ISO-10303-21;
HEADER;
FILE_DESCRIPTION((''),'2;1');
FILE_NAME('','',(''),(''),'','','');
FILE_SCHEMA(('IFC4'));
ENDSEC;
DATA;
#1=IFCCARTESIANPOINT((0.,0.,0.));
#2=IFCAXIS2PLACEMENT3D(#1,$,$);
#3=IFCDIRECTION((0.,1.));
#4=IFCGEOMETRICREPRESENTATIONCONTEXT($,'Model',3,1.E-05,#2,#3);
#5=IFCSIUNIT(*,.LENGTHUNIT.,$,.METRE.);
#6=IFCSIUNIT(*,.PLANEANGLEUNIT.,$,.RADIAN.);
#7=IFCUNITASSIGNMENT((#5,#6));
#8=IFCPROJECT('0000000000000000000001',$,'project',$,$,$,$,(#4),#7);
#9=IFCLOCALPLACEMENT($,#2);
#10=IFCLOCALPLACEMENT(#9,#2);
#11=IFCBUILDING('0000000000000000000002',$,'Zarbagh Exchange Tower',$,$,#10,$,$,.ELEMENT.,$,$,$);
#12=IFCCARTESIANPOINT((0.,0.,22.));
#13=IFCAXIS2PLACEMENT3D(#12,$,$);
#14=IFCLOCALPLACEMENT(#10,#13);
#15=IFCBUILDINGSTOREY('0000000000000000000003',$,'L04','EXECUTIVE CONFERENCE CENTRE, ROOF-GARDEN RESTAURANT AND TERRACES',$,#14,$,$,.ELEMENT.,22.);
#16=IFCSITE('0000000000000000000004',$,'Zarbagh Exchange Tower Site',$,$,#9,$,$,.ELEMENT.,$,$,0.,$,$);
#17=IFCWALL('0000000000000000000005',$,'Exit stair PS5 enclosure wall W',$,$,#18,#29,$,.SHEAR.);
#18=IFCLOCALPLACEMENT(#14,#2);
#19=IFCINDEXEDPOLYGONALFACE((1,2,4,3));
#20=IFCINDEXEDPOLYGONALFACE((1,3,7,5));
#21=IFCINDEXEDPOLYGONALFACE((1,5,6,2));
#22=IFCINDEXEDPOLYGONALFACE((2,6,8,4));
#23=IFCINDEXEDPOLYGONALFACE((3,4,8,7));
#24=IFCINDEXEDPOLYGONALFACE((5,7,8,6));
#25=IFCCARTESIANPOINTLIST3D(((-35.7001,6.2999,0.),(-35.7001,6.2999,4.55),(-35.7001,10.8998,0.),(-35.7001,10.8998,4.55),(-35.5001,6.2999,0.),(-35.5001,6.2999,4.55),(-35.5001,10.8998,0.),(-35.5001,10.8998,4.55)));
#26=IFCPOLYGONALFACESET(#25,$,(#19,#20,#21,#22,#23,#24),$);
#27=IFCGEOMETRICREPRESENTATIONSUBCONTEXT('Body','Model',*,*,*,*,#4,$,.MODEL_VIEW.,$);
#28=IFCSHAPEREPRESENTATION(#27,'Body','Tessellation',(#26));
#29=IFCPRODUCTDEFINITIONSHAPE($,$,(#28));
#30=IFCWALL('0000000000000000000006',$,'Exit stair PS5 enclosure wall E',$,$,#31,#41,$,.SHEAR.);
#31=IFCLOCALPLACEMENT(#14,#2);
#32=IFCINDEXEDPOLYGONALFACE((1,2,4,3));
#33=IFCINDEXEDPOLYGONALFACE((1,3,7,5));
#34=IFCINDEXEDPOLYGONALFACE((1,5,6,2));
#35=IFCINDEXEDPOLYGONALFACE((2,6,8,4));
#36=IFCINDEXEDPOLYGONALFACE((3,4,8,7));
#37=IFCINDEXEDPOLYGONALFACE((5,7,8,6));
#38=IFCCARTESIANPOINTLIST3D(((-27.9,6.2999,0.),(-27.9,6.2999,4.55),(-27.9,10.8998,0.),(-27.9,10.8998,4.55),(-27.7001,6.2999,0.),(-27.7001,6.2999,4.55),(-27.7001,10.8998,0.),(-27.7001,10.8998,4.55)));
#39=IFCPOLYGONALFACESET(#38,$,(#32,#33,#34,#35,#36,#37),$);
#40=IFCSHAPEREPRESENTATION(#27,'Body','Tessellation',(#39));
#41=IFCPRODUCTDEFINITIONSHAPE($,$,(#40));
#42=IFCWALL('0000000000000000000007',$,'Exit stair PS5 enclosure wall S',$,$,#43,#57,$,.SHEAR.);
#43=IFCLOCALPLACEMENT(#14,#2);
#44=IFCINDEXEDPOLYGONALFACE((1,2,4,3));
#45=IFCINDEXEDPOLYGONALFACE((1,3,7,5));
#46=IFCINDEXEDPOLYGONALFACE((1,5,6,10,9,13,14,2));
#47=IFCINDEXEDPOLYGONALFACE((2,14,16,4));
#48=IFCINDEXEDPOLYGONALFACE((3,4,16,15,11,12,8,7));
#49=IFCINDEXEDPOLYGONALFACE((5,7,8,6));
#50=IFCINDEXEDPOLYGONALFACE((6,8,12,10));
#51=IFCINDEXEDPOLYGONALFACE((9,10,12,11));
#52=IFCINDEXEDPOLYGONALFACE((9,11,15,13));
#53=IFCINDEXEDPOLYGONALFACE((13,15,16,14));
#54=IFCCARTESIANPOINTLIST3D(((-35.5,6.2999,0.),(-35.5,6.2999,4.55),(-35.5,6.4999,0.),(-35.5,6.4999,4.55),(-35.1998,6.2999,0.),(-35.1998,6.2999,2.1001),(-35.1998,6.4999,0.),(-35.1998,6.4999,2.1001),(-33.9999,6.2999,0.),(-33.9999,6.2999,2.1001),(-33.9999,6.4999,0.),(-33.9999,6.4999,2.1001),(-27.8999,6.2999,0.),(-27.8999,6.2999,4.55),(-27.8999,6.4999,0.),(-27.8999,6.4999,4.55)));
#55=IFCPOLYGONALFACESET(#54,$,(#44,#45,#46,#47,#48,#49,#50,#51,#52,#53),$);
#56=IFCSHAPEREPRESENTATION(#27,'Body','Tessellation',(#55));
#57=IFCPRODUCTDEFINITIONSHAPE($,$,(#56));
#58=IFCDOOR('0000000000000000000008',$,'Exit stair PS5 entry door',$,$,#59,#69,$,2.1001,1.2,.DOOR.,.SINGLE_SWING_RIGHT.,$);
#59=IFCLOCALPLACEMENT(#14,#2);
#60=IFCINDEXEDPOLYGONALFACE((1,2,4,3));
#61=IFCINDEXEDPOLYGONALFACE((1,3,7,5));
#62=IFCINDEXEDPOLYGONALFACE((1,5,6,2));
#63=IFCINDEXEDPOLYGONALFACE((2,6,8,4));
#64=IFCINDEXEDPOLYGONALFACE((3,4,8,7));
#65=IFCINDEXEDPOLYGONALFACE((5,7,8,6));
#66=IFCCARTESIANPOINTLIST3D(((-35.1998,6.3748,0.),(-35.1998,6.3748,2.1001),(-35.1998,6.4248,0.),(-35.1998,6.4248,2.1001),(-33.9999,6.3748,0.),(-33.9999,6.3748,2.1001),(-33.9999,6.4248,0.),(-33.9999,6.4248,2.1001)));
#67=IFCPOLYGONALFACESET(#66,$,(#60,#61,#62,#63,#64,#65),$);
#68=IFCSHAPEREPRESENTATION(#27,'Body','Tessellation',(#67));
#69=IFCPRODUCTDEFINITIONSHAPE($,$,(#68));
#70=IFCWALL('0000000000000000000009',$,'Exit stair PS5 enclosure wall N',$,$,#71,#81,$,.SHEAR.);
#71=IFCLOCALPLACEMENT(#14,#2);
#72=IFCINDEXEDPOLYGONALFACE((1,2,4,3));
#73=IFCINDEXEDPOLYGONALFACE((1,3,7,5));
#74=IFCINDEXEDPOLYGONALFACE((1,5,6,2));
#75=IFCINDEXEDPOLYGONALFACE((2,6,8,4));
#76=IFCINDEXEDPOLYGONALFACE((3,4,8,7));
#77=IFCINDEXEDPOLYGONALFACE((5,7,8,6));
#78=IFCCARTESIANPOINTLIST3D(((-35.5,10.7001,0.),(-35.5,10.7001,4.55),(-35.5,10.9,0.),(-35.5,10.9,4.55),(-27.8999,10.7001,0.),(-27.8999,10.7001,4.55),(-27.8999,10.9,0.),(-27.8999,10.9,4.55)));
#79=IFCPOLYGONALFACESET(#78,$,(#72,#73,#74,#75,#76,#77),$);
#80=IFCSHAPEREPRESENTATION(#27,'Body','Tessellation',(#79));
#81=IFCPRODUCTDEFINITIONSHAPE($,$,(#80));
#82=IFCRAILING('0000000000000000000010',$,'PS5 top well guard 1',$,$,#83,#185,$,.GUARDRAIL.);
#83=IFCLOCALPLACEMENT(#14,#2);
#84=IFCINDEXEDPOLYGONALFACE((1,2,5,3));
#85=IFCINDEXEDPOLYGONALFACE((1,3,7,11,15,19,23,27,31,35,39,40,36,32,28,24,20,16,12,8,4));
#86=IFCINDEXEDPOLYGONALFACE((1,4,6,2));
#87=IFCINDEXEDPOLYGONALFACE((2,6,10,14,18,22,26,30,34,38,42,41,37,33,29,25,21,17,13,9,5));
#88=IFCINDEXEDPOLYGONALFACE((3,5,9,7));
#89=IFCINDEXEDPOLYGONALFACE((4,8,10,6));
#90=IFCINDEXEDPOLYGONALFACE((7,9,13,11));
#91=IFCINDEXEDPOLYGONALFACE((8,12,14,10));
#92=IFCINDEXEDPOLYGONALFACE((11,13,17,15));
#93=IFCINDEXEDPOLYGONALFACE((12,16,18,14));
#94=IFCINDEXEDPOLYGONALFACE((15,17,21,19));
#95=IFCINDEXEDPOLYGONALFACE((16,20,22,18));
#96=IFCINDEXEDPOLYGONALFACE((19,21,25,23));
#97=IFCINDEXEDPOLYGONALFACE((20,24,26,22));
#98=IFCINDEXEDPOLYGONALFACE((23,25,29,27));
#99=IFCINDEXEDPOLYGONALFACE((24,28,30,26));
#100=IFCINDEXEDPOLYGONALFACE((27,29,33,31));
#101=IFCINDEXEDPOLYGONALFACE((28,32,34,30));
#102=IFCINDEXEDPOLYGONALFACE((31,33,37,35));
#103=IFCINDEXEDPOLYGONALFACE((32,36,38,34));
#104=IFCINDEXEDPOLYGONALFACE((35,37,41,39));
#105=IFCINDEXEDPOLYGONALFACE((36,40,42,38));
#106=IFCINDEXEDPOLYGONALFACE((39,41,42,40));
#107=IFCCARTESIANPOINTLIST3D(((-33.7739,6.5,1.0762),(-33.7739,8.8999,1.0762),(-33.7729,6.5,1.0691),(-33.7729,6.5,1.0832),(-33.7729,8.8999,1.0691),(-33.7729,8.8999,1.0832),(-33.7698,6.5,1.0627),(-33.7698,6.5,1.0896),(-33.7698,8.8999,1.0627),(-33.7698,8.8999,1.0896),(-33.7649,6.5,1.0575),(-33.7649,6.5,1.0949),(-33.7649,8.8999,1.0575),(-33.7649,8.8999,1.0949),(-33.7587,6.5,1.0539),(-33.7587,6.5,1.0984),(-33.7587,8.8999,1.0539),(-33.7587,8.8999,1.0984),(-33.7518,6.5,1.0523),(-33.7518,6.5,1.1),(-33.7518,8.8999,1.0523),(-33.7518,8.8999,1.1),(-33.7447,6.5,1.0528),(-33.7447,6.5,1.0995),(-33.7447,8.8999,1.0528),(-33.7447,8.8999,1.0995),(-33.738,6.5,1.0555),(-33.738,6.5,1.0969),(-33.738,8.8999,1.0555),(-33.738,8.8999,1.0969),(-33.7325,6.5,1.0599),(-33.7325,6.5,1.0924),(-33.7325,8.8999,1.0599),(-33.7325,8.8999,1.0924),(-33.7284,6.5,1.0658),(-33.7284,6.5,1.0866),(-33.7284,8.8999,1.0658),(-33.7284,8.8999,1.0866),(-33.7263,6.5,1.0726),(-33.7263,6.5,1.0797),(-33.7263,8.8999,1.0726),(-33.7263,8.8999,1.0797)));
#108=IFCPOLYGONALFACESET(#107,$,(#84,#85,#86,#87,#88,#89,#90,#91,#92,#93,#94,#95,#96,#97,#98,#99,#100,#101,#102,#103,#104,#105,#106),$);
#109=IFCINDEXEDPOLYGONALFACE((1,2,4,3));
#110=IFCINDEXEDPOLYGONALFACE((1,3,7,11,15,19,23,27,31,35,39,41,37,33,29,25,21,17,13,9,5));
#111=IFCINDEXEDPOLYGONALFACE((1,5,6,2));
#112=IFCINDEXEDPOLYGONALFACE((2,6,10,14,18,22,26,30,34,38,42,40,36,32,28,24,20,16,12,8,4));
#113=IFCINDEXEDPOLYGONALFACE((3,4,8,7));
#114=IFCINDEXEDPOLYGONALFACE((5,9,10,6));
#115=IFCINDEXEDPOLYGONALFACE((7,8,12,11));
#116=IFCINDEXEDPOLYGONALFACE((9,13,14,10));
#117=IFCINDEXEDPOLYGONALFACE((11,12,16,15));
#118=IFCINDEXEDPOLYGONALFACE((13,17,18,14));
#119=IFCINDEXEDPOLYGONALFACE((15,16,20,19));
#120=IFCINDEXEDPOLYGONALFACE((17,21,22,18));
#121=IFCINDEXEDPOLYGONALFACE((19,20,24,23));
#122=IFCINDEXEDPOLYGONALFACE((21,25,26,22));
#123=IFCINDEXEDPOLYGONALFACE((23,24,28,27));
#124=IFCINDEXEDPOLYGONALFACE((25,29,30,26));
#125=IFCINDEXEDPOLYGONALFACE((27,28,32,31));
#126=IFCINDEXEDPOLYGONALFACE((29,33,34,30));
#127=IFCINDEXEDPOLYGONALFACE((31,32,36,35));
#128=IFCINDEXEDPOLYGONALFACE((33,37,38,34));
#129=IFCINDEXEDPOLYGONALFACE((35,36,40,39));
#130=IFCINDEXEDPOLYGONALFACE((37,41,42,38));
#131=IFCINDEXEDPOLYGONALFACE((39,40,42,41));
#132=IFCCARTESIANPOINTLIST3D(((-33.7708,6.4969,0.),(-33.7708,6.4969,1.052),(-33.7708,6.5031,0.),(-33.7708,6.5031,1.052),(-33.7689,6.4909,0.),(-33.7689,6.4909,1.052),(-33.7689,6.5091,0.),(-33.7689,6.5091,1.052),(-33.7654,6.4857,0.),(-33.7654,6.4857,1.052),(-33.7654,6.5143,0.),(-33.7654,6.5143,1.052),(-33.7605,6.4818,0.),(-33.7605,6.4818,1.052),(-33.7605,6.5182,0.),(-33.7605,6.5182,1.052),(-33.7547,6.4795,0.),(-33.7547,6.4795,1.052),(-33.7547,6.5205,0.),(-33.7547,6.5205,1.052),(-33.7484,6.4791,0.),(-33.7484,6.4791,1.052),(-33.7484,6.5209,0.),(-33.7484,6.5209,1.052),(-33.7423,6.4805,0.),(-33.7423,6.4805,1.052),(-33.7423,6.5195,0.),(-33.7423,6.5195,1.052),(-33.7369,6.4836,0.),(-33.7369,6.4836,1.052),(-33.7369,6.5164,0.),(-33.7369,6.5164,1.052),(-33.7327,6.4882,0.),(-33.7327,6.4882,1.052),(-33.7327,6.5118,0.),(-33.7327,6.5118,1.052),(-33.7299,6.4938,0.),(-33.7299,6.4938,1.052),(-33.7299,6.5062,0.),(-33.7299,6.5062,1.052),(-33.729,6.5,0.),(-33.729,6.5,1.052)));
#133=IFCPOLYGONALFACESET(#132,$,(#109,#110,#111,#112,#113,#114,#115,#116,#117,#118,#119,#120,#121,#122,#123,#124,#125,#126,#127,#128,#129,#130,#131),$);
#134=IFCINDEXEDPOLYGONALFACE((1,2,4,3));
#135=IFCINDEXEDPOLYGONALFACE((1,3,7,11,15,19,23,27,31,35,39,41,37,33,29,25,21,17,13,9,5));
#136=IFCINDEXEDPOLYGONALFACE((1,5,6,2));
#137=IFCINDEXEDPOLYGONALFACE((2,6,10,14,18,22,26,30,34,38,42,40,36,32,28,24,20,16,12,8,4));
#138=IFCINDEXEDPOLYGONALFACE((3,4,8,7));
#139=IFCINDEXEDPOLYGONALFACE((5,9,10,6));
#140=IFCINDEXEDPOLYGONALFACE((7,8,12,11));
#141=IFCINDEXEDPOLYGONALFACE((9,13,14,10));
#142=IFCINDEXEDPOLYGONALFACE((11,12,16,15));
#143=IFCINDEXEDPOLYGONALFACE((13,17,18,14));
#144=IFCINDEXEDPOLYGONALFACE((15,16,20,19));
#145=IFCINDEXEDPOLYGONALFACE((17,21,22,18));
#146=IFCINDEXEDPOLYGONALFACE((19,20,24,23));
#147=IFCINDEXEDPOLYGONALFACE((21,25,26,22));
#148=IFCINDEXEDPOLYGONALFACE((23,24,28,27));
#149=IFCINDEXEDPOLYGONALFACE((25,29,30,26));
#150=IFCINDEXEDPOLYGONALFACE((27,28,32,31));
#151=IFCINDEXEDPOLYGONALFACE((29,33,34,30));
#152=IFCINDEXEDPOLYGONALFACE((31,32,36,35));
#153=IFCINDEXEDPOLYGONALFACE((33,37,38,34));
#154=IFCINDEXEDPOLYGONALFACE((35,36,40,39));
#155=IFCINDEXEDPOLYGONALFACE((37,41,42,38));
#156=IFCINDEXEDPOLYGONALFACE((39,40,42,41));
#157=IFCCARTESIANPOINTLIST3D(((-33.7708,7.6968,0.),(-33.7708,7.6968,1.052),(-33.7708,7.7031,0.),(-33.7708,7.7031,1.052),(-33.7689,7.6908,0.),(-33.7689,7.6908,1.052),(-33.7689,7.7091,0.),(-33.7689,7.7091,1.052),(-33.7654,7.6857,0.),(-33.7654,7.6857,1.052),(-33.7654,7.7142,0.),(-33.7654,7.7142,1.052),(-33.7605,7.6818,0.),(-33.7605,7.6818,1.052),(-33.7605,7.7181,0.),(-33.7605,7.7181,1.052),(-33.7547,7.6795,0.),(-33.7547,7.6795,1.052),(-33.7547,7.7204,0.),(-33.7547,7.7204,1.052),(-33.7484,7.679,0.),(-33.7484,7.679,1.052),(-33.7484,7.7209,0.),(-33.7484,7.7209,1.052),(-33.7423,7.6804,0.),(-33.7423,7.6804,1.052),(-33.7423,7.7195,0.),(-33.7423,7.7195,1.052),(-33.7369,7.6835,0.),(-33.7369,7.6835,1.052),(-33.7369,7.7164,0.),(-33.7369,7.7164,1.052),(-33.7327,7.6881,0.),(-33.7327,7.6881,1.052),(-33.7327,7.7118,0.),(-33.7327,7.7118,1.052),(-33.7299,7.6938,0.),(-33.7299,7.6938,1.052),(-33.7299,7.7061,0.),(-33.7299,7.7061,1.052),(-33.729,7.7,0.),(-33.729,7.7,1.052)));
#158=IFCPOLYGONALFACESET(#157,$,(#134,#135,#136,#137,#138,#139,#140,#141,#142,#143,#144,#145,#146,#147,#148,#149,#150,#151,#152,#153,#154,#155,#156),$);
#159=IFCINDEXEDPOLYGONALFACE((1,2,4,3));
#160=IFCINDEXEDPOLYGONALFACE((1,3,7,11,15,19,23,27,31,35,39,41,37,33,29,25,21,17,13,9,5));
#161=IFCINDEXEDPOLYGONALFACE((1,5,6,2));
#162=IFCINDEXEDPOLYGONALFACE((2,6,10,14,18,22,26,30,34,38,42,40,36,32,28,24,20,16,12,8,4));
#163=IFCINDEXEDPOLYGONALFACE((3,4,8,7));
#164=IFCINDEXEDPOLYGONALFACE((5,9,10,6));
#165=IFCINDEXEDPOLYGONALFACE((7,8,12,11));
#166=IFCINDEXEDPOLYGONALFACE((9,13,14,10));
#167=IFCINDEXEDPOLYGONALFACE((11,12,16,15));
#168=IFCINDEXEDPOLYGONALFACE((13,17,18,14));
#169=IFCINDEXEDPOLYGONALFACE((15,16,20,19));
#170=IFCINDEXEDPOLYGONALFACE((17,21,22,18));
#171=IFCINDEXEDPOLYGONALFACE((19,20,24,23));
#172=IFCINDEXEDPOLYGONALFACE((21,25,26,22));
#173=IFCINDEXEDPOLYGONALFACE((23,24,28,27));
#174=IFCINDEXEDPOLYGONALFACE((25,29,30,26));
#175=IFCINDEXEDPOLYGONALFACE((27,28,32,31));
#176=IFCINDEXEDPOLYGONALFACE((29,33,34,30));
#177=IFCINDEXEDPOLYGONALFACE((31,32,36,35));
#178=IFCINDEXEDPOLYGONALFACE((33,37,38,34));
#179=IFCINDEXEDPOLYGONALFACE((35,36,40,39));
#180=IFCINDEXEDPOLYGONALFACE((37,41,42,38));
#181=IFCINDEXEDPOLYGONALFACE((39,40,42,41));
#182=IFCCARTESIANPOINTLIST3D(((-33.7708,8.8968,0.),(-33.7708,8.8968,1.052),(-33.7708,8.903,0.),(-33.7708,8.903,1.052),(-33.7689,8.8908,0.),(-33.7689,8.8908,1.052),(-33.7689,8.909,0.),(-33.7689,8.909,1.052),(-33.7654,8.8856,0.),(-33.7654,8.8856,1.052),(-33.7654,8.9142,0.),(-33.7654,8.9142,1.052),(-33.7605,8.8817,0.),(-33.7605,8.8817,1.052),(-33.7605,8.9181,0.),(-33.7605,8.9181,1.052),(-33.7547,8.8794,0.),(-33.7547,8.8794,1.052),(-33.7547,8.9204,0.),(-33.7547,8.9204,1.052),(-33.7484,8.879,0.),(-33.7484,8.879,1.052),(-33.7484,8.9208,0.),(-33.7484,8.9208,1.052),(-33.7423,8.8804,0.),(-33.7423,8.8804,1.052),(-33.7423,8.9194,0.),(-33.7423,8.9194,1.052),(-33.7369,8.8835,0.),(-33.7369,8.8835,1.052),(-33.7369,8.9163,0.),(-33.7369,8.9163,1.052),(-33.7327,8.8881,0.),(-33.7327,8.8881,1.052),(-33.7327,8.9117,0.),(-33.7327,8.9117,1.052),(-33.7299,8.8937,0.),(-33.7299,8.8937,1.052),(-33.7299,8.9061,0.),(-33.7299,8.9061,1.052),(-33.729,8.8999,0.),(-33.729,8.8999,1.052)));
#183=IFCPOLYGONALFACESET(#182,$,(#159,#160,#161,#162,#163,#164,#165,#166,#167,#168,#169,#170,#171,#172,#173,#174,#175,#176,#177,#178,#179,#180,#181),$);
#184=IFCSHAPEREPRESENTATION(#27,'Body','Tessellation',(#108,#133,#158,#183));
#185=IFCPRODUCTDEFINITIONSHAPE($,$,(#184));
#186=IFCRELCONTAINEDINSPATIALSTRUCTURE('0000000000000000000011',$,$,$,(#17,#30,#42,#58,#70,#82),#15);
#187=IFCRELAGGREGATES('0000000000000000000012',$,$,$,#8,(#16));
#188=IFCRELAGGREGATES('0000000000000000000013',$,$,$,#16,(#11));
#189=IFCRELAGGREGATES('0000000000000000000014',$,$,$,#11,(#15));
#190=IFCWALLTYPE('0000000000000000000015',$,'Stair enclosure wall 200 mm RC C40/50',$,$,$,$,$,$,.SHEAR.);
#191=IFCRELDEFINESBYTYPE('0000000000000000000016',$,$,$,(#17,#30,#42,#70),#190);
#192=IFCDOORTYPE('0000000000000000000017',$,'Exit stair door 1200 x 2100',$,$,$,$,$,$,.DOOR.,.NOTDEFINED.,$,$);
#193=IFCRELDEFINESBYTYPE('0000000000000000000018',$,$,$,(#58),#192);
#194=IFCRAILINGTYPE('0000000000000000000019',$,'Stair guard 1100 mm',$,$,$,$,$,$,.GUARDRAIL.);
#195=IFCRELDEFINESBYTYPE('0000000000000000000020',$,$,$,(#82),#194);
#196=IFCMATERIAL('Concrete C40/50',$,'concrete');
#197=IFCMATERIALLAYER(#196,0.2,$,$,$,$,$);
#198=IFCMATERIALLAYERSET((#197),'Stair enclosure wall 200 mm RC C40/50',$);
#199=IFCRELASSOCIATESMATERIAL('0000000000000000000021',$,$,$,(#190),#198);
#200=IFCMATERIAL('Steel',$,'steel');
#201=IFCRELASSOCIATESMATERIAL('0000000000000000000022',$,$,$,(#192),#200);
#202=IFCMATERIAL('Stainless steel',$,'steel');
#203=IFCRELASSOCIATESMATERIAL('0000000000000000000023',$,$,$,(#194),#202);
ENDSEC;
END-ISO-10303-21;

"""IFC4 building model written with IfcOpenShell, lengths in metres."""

from ifc_helpers import new_model, si_unit, direction, frame, frame_2d, origin, origin_2d, place, context, subcontext, project, spatial, rectangle, circle, extrude, material, layer, layer_set, type_object, element, fill, save


model = new_model("IFC4")

# Units and contexts
model_context = context("Model", 3, precision=1e-05, world=origin(), true_north=direction((0.0, 1.0)))
body_context = subcontext(model_context, "Body", "Model", "MODEL_VIEW")
ifc_project = project(units=[si_unit("LENGTHUNIT", "METRE"), si_unit("PLANEANGLEUNIT", "RADIAN")], contexts=[model_context])

# Site, building, storey
site_placement = place(None, origin())
site = spatial("IfcSite", under=ifc_project, at=site_placement, Name="Zarbagh Exchange Tower Site", CompositionType="ELEMENT", RefElevation=0.0)
building_placement = place(site_placement, origin())
building = spatial("IfcBuilding", under=site, at=building_placement, Name="Zarbagh Exchange Tower", CompositionType="ELEMENT")
storey_placement = place(building_placement, frame((0.0, 0.0, 22.0)))
storey = spatial("IfcBuildingStorey", under=building, at=storey_placement, Name="L04", Description="EXECUTIVE CONFERENCE CENTRE, ROOF-GARDEN RESTAURANT AND TERRACES", CompositionType="ELEMENT", Elevation=22.0)

# Walls
ifc_material_1 = material(Name="Concrete C40/50", Category="concrete")
ifc_layer_1 = layer(ifc_material_1, 0.2)
ifc_layer_set_1 = layer_set([ifc_layer_1], Name="Stair enclosure wall 200 mm RC C40/50")
wall_type_1 = type_object("IfcWallType", Name="Stair enclosure wall 200 mm RC C40/50", PredefinedType="SHEAR", material=ifc_layer_set_1)
for number, where, z_axis, x_axis, name in (
    (1, (-35.6001, 6.3, 0.0), (0.0, 0.0, 1.0), (0.0, 1.0, 0.0), "Exit stair PS5 enclosure wall W"),
    (2, (-27.8, 6.3, 0.0), (0.0, 0.0, 1.0), (0.0, 1.0, 0.0), "Exit stair PS5 enclosure wall E"),
):
    element("IfcWall", number, at=place(storey_placement, frame(where, z_axis=z_axis, x_axis=x_axis)), inside=storey, type_object=wall_type_1, Name=name, PredefinedType="SHEAR", context=body_context, shape_type="SweptSolid", body=[
        extrude(rectangle(XDim=4.5999, YDim=0.2, at=frame_2d((2.2998, 0.0))), origin(), (0.0, 0.0, 1.0), 4.55),
    ])

# Wall, opening, door
wall_1_placement = place(storey_placement, frame((-35.5, 6.3999, 0.0), z_axis=(0.0, 0.0, 1.0), x_axis=(1.0, 0.0, 0.0)))
wall_1 = element("IfcWall", 3, at=wall_1_placement, inside=storey, type_object=wall_type_1, Name="Exit stair PS5 enclosure wall S", PredefinedType="SHEAR", context=body_context, shape_type="SweptSolid", body=[
    extrude(rectangle(XDim=7.6001, YDim=0.2, at=frame_2d((3.8, 0.0))), origin(), (0.0, 0.0, 1.0), 4.55),
])
opening_1_placement = place(wall_1_placement, frame((0.3, 0.0, 0.0)))
opening_1 = element("IfcOpeningElement", 4, at=opening_1_placement, cuts=wall_1, PredefinedType="OPENING", context=body_context, shape_type="SweptSolid", body=[
    extrude(rectangle(XDim=1.2, YDim=2.1001, at=frame_2d((0.6001, 1.05))), frame((0.0, 0.1099, 0.0), z_axis=(0.0, -1.0, 0.0), x_axis=(1.0, 0.0, 0.0)), (0.0, 0.0, 1.0), 0.22),
])
ifc_material_2 = material(Name="Steel", Category="steel")
door_type_1 = type_object("IfcDoorType", Name="Exit stair door 1200 x 2100", OperationType="NOTDEFINED", PredefinedType="DOOR", material=ifc_material_2)
door_1_placement = place(opening_1_placement, origin())
door_1 = element("IfcDoor", 5, at=door_1_placement, inside=storey, type_object=door_type_1, Name="Exit stair PS5 entry door", OperationType="SINGLE_SWING_RIGHT", OverallHeight=2.1001, OverallWidth=1.2, PredefinedType="DOOR", context=body_context, shape_type="SweptSolid", body=[
    extrude(rectangle(XDim=1.2, YDim=2.1001, at=frame_2d((0.6001, 1.05))), frame((0.0, 0.0249, 0.0), z_axis=(0.0, -1.0, 0.0), x_axis=(1.0, 0.0, 0.0)), (0.0, 0.0, 1.0), 0.05),
])
fill(opening_1, door_1)

# Wall
wall_2_placement = place(storey_placement, frame((-35.5, 10.8, 0.0), z_axis=(0.0, 0.0, 1.0), x_axis=(1.0, 0.0, 0.0)))
element("IfcWall", 6, at=wall_2_placement, inside=storey, type_object=wall_type_1, Name="Exit stair PS5 enclosure wall N", PredefinedType="SHEAR", context=body_context, shape_type="SweptSolid", body=[
    extrude(rectangle(XDim=7.6001, YDim=0.2, at=frame_2d((3.8, 0.0))), origin(), (0.0, 0.0, 1.0), 4.55),
])

# Railing
ifc_material_3 = material(Name="Stainless steel", Category="steel")
railing_type = type_object("IfcRailingType", Name="Stair guard 1100 mm", PredefinedType="GUARDRAIL", material=ifc_material_3)
railing_placement = place(storey_placement, frame((-33.75, 6.5, 0.0)))
element("IfcRailing", 7, at=railing_placement, inside=storey, type_object=railing_type, Name="PS5 top well guard 1", PredefinedType="GUARDRAIL", context=body_context, shape_type="SweptSolid", body=[
    extrude(circle(Radius=0.0239, at=origin_2d()), frame((0.0, 0.0, 1.0762), z_axis=(0.0, 1.0, 0.0), x_axis=(-1.0, 0.0, 0.0)), (0.0, 0.0, 1.0), 2.3999),
    extrude(circle(Radius=0.021, at=origin_2d()), origin(), (0.0, 0.0, 1.0), 1.052),
    extrude(circle(Radius=0.021, at=origin_2d()), frame((0.0, 1.2, 0.0)), (0.0, 0.0, 1.0), 1.052),
    extrude(circle(Radius=0.021, at=origin_2d()), frame((0.0, 2.3999, 0.0)), (0.0, 0.0, 1.0), 1.052),
])

save(model, "model.ifc")
